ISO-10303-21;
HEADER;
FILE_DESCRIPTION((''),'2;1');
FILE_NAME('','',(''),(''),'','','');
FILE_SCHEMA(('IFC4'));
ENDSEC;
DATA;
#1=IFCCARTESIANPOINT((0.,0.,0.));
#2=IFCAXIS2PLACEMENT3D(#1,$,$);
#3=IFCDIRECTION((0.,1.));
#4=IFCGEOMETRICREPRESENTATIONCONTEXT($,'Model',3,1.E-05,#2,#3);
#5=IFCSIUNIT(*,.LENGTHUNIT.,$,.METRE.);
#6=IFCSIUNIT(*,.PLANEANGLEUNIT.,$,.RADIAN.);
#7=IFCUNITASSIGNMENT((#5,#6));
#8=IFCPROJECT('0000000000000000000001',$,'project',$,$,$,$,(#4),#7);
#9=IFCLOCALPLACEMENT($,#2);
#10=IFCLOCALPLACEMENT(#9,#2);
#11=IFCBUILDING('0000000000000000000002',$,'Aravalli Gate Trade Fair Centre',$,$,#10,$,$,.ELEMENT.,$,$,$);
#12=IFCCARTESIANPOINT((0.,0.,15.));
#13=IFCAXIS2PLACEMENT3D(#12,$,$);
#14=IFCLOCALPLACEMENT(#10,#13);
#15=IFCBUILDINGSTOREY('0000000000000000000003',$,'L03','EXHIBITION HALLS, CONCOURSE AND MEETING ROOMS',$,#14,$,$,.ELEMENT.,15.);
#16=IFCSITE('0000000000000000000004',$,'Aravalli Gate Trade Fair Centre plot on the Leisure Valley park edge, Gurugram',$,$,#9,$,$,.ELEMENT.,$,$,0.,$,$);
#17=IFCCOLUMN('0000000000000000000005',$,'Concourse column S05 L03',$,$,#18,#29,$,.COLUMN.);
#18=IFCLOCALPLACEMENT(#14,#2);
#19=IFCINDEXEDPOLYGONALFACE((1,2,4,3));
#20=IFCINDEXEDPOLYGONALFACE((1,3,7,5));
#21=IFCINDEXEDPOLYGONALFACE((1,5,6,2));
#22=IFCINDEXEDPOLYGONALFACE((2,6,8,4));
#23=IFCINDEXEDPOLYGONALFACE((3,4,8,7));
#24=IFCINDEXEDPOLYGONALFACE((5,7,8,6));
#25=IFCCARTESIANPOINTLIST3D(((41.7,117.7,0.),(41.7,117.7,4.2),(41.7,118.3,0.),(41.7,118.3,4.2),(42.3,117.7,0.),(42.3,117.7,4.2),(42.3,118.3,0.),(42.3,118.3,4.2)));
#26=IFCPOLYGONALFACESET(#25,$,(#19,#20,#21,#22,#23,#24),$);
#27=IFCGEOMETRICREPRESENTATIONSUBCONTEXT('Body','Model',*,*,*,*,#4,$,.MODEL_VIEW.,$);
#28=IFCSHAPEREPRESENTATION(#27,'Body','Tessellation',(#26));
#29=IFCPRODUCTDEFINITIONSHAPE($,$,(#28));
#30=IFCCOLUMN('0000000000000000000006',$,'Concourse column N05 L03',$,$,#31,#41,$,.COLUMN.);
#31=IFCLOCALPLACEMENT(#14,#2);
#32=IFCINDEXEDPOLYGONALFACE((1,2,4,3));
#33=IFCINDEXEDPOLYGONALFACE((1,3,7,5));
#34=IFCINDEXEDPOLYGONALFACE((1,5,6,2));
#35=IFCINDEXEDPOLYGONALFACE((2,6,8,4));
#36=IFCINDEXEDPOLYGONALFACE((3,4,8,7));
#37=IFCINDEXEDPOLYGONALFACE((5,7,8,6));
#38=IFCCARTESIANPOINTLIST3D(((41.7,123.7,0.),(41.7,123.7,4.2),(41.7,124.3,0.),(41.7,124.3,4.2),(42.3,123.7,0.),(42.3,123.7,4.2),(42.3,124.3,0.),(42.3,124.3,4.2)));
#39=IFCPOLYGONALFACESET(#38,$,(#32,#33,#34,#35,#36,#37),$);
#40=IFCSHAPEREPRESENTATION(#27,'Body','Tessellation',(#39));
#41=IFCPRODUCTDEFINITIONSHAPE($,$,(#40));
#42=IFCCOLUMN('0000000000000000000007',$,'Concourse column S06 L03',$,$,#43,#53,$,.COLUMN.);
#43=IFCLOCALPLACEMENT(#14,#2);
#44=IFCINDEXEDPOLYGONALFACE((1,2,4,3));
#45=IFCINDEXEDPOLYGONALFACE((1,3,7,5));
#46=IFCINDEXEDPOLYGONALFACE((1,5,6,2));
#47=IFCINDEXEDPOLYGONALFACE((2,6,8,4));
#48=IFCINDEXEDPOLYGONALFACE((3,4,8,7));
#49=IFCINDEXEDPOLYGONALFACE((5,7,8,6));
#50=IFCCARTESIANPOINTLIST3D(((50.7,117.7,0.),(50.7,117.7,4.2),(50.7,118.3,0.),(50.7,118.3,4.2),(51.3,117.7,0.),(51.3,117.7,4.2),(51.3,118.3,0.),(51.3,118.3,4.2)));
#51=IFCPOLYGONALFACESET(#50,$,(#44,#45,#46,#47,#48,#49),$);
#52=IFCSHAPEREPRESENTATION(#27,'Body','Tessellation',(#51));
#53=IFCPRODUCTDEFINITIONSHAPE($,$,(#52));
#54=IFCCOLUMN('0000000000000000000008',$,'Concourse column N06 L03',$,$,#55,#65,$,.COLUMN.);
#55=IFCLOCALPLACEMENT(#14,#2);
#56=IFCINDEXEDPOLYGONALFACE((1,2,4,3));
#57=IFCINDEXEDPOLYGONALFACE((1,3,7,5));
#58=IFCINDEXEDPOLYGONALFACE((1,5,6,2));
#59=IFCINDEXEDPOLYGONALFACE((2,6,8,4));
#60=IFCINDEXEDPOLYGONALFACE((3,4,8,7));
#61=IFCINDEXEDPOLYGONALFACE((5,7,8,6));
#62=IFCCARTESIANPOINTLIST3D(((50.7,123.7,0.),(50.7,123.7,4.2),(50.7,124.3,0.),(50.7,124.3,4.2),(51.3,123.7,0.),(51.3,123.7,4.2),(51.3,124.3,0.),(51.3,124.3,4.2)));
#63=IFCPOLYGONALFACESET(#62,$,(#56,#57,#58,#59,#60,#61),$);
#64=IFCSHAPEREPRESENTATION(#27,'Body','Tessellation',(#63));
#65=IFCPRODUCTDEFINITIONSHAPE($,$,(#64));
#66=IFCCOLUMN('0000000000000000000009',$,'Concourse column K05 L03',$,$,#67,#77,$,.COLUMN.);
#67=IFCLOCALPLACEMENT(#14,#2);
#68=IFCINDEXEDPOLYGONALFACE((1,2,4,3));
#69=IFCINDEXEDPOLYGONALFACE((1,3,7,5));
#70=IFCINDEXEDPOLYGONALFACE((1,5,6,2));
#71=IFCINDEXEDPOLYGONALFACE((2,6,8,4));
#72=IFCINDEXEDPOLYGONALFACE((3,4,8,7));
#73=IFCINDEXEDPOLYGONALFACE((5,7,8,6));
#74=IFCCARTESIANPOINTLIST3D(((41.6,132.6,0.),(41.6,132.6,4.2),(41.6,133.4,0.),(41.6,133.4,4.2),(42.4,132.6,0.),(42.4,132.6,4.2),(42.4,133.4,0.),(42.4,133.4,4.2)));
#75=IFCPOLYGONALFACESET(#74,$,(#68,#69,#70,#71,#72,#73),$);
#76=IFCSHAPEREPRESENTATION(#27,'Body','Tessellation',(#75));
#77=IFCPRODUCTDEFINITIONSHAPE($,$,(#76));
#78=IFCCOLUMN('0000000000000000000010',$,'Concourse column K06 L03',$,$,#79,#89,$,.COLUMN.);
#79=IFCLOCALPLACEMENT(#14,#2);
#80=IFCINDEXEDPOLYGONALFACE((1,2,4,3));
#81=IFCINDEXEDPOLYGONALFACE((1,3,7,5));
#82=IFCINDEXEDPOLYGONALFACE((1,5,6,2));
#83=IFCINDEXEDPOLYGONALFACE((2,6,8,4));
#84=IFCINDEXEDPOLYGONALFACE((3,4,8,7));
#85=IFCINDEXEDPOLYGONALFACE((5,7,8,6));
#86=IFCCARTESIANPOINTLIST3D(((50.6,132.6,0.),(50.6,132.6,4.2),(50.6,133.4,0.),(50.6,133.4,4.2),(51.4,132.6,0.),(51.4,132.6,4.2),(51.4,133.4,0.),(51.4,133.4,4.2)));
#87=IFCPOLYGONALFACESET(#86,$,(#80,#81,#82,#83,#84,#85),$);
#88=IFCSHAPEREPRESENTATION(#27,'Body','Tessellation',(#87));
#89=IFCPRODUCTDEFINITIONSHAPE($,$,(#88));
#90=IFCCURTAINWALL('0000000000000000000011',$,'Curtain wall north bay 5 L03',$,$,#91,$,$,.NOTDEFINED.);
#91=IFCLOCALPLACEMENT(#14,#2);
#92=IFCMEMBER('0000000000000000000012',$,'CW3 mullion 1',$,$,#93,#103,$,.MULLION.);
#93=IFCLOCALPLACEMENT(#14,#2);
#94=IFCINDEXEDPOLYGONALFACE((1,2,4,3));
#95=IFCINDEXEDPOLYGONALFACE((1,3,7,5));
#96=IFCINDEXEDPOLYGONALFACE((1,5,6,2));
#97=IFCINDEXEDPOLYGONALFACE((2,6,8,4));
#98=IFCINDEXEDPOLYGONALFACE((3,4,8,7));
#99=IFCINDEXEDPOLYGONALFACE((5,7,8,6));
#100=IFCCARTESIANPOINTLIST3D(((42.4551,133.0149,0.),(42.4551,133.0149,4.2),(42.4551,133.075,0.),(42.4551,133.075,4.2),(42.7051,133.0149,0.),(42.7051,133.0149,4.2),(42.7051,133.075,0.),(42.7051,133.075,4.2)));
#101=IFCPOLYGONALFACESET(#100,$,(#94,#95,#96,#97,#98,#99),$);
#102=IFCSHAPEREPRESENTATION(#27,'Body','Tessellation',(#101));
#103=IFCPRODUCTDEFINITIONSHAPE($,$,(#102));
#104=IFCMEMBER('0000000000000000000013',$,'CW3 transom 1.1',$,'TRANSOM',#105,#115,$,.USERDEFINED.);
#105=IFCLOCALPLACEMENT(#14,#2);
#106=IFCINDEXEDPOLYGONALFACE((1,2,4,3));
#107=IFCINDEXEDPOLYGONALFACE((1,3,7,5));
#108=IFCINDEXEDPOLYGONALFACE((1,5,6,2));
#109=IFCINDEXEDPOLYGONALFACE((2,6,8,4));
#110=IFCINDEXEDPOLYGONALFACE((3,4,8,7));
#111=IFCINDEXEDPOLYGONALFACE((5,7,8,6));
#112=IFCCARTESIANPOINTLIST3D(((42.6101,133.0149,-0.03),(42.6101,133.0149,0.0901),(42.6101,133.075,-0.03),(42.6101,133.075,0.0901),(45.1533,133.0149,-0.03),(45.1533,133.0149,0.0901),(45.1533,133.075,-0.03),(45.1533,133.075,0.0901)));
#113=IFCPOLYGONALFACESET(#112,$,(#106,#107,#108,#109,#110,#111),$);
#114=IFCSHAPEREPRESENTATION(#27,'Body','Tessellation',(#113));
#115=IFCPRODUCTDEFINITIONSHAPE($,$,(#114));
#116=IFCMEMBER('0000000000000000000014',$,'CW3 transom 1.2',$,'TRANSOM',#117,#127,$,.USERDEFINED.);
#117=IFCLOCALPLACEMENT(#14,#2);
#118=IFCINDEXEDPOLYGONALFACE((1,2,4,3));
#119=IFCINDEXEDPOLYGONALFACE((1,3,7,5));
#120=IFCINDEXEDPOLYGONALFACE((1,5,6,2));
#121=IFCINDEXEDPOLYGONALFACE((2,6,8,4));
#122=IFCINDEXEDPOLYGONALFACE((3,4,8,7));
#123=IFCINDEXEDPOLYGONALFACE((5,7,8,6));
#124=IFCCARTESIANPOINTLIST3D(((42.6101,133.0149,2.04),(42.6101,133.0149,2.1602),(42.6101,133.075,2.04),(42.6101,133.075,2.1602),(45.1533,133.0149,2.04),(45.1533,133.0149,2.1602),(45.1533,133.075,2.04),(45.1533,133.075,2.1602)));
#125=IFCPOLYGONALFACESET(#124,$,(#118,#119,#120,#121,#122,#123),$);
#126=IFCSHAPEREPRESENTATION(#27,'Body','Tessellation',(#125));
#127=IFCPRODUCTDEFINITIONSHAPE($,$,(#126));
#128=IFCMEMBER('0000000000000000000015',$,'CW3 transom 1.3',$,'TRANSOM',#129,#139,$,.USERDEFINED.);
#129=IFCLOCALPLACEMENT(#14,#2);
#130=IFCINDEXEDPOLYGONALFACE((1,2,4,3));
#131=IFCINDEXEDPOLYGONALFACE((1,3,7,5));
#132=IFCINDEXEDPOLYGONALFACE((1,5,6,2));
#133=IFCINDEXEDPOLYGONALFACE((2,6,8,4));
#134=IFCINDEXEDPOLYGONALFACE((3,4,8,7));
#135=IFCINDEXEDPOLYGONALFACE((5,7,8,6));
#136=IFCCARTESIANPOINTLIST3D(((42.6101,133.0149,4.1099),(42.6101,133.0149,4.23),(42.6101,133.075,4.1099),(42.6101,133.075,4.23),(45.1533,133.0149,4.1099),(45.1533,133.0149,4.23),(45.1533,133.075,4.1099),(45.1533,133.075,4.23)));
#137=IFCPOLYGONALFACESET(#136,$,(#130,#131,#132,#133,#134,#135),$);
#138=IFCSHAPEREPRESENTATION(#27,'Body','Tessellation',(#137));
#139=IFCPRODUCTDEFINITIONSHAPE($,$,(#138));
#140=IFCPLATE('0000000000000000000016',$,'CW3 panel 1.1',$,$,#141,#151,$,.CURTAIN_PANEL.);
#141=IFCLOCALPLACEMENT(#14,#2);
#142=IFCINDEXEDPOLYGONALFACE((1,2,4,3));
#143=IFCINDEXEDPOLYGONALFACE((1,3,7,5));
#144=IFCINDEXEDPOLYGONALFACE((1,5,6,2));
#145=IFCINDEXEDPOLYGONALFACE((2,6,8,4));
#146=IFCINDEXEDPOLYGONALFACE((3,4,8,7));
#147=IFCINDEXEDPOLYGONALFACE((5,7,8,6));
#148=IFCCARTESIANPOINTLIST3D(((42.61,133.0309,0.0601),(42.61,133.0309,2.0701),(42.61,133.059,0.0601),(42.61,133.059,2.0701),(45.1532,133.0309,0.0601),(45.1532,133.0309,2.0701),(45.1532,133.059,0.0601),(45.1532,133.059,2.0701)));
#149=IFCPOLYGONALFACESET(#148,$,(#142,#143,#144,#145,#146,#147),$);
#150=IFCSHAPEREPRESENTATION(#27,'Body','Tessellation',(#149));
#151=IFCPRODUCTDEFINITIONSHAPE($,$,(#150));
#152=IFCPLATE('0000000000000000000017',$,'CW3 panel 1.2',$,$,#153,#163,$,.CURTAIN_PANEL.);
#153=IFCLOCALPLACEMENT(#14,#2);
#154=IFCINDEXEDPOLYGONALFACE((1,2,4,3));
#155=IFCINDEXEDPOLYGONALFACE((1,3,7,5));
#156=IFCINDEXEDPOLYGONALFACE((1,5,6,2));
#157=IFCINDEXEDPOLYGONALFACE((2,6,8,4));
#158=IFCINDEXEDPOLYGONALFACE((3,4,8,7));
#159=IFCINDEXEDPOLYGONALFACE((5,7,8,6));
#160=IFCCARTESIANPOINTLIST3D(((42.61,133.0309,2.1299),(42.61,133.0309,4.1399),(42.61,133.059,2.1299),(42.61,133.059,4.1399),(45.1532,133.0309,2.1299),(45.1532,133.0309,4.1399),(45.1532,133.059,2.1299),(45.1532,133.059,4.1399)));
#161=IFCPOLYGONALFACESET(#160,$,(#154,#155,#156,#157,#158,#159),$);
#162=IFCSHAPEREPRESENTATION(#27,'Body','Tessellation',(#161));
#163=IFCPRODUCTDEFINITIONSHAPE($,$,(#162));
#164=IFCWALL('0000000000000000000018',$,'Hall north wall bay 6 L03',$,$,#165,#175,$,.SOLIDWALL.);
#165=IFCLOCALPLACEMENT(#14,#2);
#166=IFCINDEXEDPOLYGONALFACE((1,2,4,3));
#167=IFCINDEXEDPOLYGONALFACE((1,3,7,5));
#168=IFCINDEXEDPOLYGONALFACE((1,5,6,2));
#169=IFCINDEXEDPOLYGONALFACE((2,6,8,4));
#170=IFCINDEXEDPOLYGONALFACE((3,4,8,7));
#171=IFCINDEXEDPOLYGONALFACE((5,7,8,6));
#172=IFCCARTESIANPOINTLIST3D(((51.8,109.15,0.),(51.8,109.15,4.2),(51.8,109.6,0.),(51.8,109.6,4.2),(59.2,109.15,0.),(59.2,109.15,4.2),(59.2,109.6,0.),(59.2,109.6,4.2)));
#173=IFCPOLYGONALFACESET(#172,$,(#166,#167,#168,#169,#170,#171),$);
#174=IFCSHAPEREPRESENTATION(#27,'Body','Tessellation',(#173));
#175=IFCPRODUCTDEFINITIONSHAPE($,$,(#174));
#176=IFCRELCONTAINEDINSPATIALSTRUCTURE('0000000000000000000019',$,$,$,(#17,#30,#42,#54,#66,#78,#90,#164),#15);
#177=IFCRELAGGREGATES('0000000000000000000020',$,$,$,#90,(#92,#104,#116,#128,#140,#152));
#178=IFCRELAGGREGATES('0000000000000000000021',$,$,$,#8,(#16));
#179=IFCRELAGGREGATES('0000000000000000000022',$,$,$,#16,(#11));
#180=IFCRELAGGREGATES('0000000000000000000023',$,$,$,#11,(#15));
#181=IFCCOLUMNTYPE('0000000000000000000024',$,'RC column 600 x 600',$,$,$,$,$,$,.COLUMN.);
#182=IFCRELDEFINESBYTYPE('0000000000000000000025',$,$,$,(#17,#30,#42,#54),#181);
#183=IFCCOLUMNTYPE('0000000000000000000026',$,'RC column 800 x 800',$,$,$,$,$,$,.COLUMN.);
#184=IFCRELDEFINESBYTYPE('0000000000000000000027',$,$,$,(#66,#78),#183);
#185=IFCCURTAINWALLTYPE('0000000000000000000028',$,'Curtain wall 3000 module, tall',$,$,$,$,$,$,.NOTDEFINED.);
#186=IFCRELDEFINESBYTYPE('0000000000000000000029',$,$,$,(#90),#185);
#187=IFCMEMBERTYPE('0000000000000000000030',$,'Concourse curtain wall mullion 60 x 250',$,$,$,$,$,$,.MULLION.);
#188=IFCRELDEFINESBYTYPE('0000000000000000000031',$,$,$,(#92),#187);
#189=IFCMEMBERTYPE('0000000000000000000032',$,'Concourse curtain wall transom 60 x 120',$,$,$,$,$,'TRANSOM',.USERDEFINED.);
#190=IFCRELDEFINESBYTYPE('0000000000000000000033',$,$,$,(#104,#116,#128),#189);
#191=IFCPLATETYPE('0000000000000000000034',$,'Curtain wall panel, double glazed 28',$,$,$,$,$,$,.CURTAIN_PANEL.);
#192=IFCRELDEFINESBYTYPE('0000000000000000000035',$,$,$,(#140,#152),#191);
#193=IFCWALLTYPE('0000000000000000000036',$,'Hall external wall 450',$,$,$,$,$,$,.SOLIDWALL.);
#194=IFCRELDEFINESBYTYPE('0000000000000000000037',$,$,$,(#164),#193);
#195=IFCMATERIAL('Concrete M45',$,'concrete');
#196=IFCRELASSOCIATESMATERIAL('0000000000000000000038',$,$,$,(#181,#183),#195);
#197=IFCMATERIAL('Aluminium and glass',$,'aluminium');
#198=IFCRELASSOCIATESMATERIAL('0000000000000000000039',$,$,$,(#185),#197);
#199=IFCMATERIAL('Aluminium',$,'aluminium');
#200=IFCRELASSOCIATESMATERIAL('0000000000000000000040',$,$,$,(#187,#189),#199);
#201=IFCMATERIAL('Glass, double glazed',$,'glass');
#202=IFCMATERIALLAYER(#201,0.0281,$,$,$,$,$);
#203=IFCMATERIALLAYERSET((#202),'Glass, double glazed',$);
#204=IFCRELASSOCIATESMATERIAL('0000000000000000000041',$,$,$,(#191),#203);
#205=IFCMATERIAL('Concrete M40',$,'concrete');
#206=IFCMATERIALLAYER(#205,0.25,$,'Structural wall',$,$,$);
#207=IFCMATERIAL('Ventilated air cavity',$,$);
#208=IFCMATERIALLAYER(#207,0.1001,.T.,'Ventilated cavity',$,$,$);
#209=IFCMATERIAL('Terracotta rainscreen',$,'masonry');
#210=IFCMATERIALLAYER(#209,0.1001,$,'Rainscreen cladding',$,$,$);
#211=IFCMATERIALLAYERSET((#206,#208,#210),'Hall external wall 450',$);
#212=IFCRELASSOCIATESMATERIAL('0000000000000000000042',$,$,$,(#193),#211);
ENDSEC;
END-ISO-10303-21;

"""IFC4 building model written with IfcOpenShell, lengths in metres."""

from ifc_helpers import new_model, si_unit, direction, frame, frame_2d, origin, origin_2d, place, context, subcontext, project, spatial, rectangle, extrude, material, layer, layer_set, material_profile, profile_set, type_object, element, aggregate, save


model = new_model("IFC4")

# Units and contexts
model_context = context("Model", 3, precision=1e-05, world=origin(), true_north=direction((0.0, 1.0)))
body_context = subcontext(model_context, "Body", "Model", "MODEL_VIEW")
ifc_project = project(units=[si_unit("LENGTHUNIT", "METRE"), si_unit("PLANEANGLEUNIT", "RADIAN")], contexts=[model_context])

# Site, building, storey
site_placement = place(None, origin())
site = spatial("IfcSite", under=ifc_project, at=site_placement, Name="Aravalli Gate Trade Fair Centre plot on the Leisure Valley park edge, Gurugram", CompositionType="ELEMENT", RefElevation=0.0)
building_placement = place(site_placement, origin())
building = spatial("IfcBuilding", under=site, at=building_placement, Name="Aravalli Gate Trade Fair Centre", CompositionType="ELEMENT")
storey_placement = place(building_placement, frame((0.0, 0.0, 15.0)))
storey = spatial("IfcBuildingStorey", under=building, at=storey_placement, Name="L03", Description="EXHIBITION HALLS, CONCOURSE AND MEETING ROOMS", CompositionType="ELEMENT", Elevation=15.0)

# Columns
ifc_material_1 = material(Name="Concrete M45", Category="concrete")
ifc_material_profile_1 = material_profile(ifc_material_1, rectangle(XDim=0.6001, YDim=0.6001, at=origin_2d()), Name="RC column 600 x 600")
ifc_profile_set_1 = profile_set([ifc_material_profile_1], Name="Concrete M45")
column_type_1 = type_object("IfcColumnType", Name="RC column 600 x 600", PredefinedType="COLUMN", material=ifc_profile_set_1)
for number, where, z_axis, x_axis, name in (
    (1, (42.0, 118.0, 0.0), (0.0, 0.0, 1.0), (1.0, 0.0, 0.0), "Concourse column S05 L03"),
    (2, (42.0, 124.0, 0.0), (0.0, 0.0, 1.0), (1.0, 0.0, 0.0), "Concourse column N05 L03"),
    (3, (51.0, 118.0, 0.0), (0.0, 0.0, 1.0), (1.0, 0.0, 0.0), "Concourse column S06 L03"),
    (4, (51.0, 124.0, 0.0), (0.0, 0.0, 1.0), (1.0, 0.0, 0.0), "Concourse column N06 L03"),
):
    element("IfcColumn", number, at=place(storey_placement, frame(where, z_axis=z_axis, x_axis=x_axis)), inside=storey, type_object=column_type_1, Name=name, PredefinedType="COLUMN", context=body_context, shape_type="SweptSolid", body=[
        extrude(rectangle(XDim=0.6001, YDim=0.6001, at=origin_2d()), origin(), (0.0, 0.0, 1.0), 4.2),
    ])
ifc_material_profile_2 = material_profile(ifc_material_1, rectangle(XDim=0.8, YDim=0.8, at=origin_2d()), Name="RC column 800 x 800")
ifc_profile_set_2 = profile_set([ifc_material_profile_2], Name="Concrete M45")
column_type_2 = type_object("IfcColumnType", Name="RC column 800 x 800", PredefinedType="COLUMN", material=ifc_profile_set_2)
for number, where, z_axis, x_axis, name in (
    (5, (42.0, 133.0, 0.0), (0.0, 0.0, 1.0), (1.0, 0.0, 0.0), "Concourse column K05 L03"),
    (6, (51.0, 133.0, 0.0), (0.0, 0.0, 1.0), (1.0, 0.0, 0.0), "Concourse column K06 L03"),
):
    element("IfcColumn", number, at=place(storey_placement, frame(where, z_axis=z_axis, x_axis=x_axis)), inside=storey, type_object=column_type_2, Name=name, PredefinedType="COLUMN", context=body_context, shape_type="SweptSolid", body=[
        extrude(rectangle(XDim=0.8, YDim=0.8, at=origin_2d()), origin(), (0.0, 0.0, 1.0), 4.2),
    ])

# Curtain wall, members, plates
ifc_material_2 = material(Name="Aluminium and glass", Category="aluminium")
curtain_wall_type = type_object("IfcCurtainWallType", Name="Curtain wall 3000 module, tall", PredefinedType="NOTDEFINED", material=ifc_material_2)
curtain_wall_placement = place(storey_placement, origin())
curtain_wall = element("IfcCurtainWall", 7, at=curtain_wall_placement, inside=storey, type_object=curtain_wall_type, Name="Curtain wall north bay 5 L03", PredefinedType="NOTDEFINED")
ifc_material_3 = material(Name="Aluminium", Category="aluminium")
ifc_material_profile_3 = material_profile(ifc_material_3, rectangle(XDim=0.0601, YDim=0.25, at=origin_2d()), Name="Concourse curtain wall mullion 60 x 250")
ifc_profile_set_3 = profile_set([ifc_material_profile_3], Name="Aluminium")
member_type_1 = type_object("IfcMemberType", Name="Concourse curtain wall mullion 60 x 250", PredefinedType="MULLION", material=ifc_profile_set_3)
member_1_placement = place(storey_placement, frame((42.5801, 133.0449, 0.0), z_axis=(0.0, 0.0, 1.0), x_axis=(0.0, 1.0, 0.0)))
member_1 = element("IfcMember", 8, at=member_1_placement, type_object=member_type_1, Name="CW3 mullion 1", PredefinedType="MULLION", context=body_context, shape_type="SweptSolid", body=[
    extrude(rectangle(XDim=0.0601, YDim=0.25, at=origin_2d()), origin(), (0.0, 0.0, 1.0), 4.2),
])
ifc_material_profile_4 = material_profile(ifc_material_3, rectangle(XDim=0.0601, YDim=0.1201, at=origin_2d()), Name="Concourse curtain wall transom 60 x 120")
ifc_profile_set_4 = profile_set([ifc_material_profile_4], Name="Aluminium")
member_type_2 = type_object("IfcMemberType", Name="Concourse curtain wall transom 60 x 120", ElementType="TRANSOM", PredefinedType="USERDEFINED", material=ifc_profile_set_4)
member_2_placement = place(storey_placement, frame((42.6101, 133.0449, 0.03), z_axis=(1.0, 0.0, 0.0), x_axis=(0.0, 1.0, 0.0)))
member_2 = element("IfcMember", 9, at=member_2_placement, type_object=member_type_2, Name="CW3 transom 1.1", ObjectType="TRANSOM", PredefinedType="USERDEFINED", context=body_context, shape_type="SweptSolid", body=[
    extrude(rectangle(XDim=0.0601, YDim=0.1201, at=origin_2d()), origin(), (0.0, 0.0, 1.0), 2.5432),
])
member_3_placement = place(storey_placement, frame((42.6101, 133.0449, 2.1001), z_axis=(1.0, 0.0, 0.0), x_axis=(0.0, 1.0, 0.0)))
member_3 = element("IfcMember", 10, at=member_3_placement, type_object=member_type_2, Name="CW3 transom 1.2", ObjectType="TRANSOM", PredefinedType="USERDEFINED", context=body_context, shape_type="SweptSolid", body=[
    extrude(rectangle(XDim=0.0601, YDim=0.1201, at=origin_2d()), origin(), (0.0, 0.0, 1.0), 2.5432),
])
member_4_placement = place(storey_placement, frame((42.6101, 133.0449, 4.1699), z_axis=(1.0, 0.0, 0.0), x_axis=(0.0, 1.0, 0.0)))
member_4 = element("IfcMember", 11, at=member_4_placement, type_object=member_type_2, Name="CW3 transom 1.3", ObjectType="TRANSOM", PredefinedType="USERDEFINED", context=body_context, shape_type="SweptSolid", body=[
    extrude(rectangle(XDim=0.0601, YDim=0.1201, at=origin_2d()), origin(), (0.0, 0.0, 1.0), 2.5432),
])
ifc_material_4 = material(Name="Glass, double glazed", Category="glass")
ifc_layer_1 = layer(ifc_material_4, 0.0281)
ifc_layer_set_1 = layer_set([ifc_layer_1], Name="Glass, double glazed")
plate_type = type_object("IfcPlateType", Name="Curtain wall panel, double glazed 28", PredefinedType="CURTAIN_PANEL", material=ifc_layer_set_1)
plate_1_placement = place(storey_placement, frame((43.8816, 133.0449, 0.0601), z_axis=(0.0, 0.0, 1.0), x_axis=(1.0, 0.0, 0.0)))
plate_1 = element("IfcPlate", 12, at=plate_1_placement, type_object=plate_type, Name="CW3 panel 1.1", PredefinedType="CURTAIN_PANEL", context=body_context, shape_type="SweptSolid", body=[
    extrude(rectangle(XDim=2.5432, YDim=0.0281, at=origin_2d()), origin(), (0.0, 0.0, 1.0), 2.01),
])
plate_2_placement = place(storey_placement, frame((43.8816, 133.0449, 2.1299), z_axis=(0.0, 0.0, 1.0), x_axis=(1.0, 0.0, 0.0)))
plate_2 = element("IfcPlate", 13, at=plate_2_placement, type_object=plate_type, Name="CW3 panel 1.2", PredefinedType="CURTAIN_PANEL", context=body_context, shape_type="SweptSolid", body=[
    extrude(rectangle(XDim=2.5432, YDim=0.0281, at=origin_2d()), origin(), (0.0, 0.0, 1.0), 2.01),
])
aggregate(curtain_wall, [member_1, member_2, member_3, member_4, plate_1, plate_2])

# Shared definitions
ifc_material_5 = material(Name="Concrete M40", Category="concrete")
ifc_layer_2 = layer(ifc_material_5, 0.25, Name="Structural wall")
ifc_material_6 = material(Name="Ventilated air cavity")
ifc_layer_3 = layer(ifc_material_6, 0.1001, ventilated=True, Name="Ventilated cavity")
ifc_material_7 = material(Name="Terracotta rainscreen", Category="masonry")
ifc_layer_4 = layer(ifc_material_7, 0.1001, Name="Rainscreen cladding")
ifc_layer_set_2 = layer_set([ifc_layer_2, ifc_layer_3, ifc_layer_4], Name="Hall external wall 450")
wall_type_1 = type_object("IfcWallType", Name="Hall external wall 450", PredefinedType="SOLIDWALL", material=ifc_layer_set_2)

# Wall
wall_1_placement = place(storey_placement, frame((51.8, 109.375, 0.0), z_axis=(0.0, 0.0, 1.0), x_axis=(1.0, 0.0, 0.0)))
element("IfcWall", 14, at=wall_1_placement, inside=storey, type_object=wall_type_1, Name="Hall north wall bay 6 L03", PredefinedType="SOLIDWALL", context=body_context, shape_type="SweptSolid", body=[
    extrude(rectangle(XDim=7.3999, YDim=0.45, at=frame_2d((3.7, 0.0))), origin(), (0.0, 0.0, 1.0), 4.2),
])

save(model, "model.ifc")
